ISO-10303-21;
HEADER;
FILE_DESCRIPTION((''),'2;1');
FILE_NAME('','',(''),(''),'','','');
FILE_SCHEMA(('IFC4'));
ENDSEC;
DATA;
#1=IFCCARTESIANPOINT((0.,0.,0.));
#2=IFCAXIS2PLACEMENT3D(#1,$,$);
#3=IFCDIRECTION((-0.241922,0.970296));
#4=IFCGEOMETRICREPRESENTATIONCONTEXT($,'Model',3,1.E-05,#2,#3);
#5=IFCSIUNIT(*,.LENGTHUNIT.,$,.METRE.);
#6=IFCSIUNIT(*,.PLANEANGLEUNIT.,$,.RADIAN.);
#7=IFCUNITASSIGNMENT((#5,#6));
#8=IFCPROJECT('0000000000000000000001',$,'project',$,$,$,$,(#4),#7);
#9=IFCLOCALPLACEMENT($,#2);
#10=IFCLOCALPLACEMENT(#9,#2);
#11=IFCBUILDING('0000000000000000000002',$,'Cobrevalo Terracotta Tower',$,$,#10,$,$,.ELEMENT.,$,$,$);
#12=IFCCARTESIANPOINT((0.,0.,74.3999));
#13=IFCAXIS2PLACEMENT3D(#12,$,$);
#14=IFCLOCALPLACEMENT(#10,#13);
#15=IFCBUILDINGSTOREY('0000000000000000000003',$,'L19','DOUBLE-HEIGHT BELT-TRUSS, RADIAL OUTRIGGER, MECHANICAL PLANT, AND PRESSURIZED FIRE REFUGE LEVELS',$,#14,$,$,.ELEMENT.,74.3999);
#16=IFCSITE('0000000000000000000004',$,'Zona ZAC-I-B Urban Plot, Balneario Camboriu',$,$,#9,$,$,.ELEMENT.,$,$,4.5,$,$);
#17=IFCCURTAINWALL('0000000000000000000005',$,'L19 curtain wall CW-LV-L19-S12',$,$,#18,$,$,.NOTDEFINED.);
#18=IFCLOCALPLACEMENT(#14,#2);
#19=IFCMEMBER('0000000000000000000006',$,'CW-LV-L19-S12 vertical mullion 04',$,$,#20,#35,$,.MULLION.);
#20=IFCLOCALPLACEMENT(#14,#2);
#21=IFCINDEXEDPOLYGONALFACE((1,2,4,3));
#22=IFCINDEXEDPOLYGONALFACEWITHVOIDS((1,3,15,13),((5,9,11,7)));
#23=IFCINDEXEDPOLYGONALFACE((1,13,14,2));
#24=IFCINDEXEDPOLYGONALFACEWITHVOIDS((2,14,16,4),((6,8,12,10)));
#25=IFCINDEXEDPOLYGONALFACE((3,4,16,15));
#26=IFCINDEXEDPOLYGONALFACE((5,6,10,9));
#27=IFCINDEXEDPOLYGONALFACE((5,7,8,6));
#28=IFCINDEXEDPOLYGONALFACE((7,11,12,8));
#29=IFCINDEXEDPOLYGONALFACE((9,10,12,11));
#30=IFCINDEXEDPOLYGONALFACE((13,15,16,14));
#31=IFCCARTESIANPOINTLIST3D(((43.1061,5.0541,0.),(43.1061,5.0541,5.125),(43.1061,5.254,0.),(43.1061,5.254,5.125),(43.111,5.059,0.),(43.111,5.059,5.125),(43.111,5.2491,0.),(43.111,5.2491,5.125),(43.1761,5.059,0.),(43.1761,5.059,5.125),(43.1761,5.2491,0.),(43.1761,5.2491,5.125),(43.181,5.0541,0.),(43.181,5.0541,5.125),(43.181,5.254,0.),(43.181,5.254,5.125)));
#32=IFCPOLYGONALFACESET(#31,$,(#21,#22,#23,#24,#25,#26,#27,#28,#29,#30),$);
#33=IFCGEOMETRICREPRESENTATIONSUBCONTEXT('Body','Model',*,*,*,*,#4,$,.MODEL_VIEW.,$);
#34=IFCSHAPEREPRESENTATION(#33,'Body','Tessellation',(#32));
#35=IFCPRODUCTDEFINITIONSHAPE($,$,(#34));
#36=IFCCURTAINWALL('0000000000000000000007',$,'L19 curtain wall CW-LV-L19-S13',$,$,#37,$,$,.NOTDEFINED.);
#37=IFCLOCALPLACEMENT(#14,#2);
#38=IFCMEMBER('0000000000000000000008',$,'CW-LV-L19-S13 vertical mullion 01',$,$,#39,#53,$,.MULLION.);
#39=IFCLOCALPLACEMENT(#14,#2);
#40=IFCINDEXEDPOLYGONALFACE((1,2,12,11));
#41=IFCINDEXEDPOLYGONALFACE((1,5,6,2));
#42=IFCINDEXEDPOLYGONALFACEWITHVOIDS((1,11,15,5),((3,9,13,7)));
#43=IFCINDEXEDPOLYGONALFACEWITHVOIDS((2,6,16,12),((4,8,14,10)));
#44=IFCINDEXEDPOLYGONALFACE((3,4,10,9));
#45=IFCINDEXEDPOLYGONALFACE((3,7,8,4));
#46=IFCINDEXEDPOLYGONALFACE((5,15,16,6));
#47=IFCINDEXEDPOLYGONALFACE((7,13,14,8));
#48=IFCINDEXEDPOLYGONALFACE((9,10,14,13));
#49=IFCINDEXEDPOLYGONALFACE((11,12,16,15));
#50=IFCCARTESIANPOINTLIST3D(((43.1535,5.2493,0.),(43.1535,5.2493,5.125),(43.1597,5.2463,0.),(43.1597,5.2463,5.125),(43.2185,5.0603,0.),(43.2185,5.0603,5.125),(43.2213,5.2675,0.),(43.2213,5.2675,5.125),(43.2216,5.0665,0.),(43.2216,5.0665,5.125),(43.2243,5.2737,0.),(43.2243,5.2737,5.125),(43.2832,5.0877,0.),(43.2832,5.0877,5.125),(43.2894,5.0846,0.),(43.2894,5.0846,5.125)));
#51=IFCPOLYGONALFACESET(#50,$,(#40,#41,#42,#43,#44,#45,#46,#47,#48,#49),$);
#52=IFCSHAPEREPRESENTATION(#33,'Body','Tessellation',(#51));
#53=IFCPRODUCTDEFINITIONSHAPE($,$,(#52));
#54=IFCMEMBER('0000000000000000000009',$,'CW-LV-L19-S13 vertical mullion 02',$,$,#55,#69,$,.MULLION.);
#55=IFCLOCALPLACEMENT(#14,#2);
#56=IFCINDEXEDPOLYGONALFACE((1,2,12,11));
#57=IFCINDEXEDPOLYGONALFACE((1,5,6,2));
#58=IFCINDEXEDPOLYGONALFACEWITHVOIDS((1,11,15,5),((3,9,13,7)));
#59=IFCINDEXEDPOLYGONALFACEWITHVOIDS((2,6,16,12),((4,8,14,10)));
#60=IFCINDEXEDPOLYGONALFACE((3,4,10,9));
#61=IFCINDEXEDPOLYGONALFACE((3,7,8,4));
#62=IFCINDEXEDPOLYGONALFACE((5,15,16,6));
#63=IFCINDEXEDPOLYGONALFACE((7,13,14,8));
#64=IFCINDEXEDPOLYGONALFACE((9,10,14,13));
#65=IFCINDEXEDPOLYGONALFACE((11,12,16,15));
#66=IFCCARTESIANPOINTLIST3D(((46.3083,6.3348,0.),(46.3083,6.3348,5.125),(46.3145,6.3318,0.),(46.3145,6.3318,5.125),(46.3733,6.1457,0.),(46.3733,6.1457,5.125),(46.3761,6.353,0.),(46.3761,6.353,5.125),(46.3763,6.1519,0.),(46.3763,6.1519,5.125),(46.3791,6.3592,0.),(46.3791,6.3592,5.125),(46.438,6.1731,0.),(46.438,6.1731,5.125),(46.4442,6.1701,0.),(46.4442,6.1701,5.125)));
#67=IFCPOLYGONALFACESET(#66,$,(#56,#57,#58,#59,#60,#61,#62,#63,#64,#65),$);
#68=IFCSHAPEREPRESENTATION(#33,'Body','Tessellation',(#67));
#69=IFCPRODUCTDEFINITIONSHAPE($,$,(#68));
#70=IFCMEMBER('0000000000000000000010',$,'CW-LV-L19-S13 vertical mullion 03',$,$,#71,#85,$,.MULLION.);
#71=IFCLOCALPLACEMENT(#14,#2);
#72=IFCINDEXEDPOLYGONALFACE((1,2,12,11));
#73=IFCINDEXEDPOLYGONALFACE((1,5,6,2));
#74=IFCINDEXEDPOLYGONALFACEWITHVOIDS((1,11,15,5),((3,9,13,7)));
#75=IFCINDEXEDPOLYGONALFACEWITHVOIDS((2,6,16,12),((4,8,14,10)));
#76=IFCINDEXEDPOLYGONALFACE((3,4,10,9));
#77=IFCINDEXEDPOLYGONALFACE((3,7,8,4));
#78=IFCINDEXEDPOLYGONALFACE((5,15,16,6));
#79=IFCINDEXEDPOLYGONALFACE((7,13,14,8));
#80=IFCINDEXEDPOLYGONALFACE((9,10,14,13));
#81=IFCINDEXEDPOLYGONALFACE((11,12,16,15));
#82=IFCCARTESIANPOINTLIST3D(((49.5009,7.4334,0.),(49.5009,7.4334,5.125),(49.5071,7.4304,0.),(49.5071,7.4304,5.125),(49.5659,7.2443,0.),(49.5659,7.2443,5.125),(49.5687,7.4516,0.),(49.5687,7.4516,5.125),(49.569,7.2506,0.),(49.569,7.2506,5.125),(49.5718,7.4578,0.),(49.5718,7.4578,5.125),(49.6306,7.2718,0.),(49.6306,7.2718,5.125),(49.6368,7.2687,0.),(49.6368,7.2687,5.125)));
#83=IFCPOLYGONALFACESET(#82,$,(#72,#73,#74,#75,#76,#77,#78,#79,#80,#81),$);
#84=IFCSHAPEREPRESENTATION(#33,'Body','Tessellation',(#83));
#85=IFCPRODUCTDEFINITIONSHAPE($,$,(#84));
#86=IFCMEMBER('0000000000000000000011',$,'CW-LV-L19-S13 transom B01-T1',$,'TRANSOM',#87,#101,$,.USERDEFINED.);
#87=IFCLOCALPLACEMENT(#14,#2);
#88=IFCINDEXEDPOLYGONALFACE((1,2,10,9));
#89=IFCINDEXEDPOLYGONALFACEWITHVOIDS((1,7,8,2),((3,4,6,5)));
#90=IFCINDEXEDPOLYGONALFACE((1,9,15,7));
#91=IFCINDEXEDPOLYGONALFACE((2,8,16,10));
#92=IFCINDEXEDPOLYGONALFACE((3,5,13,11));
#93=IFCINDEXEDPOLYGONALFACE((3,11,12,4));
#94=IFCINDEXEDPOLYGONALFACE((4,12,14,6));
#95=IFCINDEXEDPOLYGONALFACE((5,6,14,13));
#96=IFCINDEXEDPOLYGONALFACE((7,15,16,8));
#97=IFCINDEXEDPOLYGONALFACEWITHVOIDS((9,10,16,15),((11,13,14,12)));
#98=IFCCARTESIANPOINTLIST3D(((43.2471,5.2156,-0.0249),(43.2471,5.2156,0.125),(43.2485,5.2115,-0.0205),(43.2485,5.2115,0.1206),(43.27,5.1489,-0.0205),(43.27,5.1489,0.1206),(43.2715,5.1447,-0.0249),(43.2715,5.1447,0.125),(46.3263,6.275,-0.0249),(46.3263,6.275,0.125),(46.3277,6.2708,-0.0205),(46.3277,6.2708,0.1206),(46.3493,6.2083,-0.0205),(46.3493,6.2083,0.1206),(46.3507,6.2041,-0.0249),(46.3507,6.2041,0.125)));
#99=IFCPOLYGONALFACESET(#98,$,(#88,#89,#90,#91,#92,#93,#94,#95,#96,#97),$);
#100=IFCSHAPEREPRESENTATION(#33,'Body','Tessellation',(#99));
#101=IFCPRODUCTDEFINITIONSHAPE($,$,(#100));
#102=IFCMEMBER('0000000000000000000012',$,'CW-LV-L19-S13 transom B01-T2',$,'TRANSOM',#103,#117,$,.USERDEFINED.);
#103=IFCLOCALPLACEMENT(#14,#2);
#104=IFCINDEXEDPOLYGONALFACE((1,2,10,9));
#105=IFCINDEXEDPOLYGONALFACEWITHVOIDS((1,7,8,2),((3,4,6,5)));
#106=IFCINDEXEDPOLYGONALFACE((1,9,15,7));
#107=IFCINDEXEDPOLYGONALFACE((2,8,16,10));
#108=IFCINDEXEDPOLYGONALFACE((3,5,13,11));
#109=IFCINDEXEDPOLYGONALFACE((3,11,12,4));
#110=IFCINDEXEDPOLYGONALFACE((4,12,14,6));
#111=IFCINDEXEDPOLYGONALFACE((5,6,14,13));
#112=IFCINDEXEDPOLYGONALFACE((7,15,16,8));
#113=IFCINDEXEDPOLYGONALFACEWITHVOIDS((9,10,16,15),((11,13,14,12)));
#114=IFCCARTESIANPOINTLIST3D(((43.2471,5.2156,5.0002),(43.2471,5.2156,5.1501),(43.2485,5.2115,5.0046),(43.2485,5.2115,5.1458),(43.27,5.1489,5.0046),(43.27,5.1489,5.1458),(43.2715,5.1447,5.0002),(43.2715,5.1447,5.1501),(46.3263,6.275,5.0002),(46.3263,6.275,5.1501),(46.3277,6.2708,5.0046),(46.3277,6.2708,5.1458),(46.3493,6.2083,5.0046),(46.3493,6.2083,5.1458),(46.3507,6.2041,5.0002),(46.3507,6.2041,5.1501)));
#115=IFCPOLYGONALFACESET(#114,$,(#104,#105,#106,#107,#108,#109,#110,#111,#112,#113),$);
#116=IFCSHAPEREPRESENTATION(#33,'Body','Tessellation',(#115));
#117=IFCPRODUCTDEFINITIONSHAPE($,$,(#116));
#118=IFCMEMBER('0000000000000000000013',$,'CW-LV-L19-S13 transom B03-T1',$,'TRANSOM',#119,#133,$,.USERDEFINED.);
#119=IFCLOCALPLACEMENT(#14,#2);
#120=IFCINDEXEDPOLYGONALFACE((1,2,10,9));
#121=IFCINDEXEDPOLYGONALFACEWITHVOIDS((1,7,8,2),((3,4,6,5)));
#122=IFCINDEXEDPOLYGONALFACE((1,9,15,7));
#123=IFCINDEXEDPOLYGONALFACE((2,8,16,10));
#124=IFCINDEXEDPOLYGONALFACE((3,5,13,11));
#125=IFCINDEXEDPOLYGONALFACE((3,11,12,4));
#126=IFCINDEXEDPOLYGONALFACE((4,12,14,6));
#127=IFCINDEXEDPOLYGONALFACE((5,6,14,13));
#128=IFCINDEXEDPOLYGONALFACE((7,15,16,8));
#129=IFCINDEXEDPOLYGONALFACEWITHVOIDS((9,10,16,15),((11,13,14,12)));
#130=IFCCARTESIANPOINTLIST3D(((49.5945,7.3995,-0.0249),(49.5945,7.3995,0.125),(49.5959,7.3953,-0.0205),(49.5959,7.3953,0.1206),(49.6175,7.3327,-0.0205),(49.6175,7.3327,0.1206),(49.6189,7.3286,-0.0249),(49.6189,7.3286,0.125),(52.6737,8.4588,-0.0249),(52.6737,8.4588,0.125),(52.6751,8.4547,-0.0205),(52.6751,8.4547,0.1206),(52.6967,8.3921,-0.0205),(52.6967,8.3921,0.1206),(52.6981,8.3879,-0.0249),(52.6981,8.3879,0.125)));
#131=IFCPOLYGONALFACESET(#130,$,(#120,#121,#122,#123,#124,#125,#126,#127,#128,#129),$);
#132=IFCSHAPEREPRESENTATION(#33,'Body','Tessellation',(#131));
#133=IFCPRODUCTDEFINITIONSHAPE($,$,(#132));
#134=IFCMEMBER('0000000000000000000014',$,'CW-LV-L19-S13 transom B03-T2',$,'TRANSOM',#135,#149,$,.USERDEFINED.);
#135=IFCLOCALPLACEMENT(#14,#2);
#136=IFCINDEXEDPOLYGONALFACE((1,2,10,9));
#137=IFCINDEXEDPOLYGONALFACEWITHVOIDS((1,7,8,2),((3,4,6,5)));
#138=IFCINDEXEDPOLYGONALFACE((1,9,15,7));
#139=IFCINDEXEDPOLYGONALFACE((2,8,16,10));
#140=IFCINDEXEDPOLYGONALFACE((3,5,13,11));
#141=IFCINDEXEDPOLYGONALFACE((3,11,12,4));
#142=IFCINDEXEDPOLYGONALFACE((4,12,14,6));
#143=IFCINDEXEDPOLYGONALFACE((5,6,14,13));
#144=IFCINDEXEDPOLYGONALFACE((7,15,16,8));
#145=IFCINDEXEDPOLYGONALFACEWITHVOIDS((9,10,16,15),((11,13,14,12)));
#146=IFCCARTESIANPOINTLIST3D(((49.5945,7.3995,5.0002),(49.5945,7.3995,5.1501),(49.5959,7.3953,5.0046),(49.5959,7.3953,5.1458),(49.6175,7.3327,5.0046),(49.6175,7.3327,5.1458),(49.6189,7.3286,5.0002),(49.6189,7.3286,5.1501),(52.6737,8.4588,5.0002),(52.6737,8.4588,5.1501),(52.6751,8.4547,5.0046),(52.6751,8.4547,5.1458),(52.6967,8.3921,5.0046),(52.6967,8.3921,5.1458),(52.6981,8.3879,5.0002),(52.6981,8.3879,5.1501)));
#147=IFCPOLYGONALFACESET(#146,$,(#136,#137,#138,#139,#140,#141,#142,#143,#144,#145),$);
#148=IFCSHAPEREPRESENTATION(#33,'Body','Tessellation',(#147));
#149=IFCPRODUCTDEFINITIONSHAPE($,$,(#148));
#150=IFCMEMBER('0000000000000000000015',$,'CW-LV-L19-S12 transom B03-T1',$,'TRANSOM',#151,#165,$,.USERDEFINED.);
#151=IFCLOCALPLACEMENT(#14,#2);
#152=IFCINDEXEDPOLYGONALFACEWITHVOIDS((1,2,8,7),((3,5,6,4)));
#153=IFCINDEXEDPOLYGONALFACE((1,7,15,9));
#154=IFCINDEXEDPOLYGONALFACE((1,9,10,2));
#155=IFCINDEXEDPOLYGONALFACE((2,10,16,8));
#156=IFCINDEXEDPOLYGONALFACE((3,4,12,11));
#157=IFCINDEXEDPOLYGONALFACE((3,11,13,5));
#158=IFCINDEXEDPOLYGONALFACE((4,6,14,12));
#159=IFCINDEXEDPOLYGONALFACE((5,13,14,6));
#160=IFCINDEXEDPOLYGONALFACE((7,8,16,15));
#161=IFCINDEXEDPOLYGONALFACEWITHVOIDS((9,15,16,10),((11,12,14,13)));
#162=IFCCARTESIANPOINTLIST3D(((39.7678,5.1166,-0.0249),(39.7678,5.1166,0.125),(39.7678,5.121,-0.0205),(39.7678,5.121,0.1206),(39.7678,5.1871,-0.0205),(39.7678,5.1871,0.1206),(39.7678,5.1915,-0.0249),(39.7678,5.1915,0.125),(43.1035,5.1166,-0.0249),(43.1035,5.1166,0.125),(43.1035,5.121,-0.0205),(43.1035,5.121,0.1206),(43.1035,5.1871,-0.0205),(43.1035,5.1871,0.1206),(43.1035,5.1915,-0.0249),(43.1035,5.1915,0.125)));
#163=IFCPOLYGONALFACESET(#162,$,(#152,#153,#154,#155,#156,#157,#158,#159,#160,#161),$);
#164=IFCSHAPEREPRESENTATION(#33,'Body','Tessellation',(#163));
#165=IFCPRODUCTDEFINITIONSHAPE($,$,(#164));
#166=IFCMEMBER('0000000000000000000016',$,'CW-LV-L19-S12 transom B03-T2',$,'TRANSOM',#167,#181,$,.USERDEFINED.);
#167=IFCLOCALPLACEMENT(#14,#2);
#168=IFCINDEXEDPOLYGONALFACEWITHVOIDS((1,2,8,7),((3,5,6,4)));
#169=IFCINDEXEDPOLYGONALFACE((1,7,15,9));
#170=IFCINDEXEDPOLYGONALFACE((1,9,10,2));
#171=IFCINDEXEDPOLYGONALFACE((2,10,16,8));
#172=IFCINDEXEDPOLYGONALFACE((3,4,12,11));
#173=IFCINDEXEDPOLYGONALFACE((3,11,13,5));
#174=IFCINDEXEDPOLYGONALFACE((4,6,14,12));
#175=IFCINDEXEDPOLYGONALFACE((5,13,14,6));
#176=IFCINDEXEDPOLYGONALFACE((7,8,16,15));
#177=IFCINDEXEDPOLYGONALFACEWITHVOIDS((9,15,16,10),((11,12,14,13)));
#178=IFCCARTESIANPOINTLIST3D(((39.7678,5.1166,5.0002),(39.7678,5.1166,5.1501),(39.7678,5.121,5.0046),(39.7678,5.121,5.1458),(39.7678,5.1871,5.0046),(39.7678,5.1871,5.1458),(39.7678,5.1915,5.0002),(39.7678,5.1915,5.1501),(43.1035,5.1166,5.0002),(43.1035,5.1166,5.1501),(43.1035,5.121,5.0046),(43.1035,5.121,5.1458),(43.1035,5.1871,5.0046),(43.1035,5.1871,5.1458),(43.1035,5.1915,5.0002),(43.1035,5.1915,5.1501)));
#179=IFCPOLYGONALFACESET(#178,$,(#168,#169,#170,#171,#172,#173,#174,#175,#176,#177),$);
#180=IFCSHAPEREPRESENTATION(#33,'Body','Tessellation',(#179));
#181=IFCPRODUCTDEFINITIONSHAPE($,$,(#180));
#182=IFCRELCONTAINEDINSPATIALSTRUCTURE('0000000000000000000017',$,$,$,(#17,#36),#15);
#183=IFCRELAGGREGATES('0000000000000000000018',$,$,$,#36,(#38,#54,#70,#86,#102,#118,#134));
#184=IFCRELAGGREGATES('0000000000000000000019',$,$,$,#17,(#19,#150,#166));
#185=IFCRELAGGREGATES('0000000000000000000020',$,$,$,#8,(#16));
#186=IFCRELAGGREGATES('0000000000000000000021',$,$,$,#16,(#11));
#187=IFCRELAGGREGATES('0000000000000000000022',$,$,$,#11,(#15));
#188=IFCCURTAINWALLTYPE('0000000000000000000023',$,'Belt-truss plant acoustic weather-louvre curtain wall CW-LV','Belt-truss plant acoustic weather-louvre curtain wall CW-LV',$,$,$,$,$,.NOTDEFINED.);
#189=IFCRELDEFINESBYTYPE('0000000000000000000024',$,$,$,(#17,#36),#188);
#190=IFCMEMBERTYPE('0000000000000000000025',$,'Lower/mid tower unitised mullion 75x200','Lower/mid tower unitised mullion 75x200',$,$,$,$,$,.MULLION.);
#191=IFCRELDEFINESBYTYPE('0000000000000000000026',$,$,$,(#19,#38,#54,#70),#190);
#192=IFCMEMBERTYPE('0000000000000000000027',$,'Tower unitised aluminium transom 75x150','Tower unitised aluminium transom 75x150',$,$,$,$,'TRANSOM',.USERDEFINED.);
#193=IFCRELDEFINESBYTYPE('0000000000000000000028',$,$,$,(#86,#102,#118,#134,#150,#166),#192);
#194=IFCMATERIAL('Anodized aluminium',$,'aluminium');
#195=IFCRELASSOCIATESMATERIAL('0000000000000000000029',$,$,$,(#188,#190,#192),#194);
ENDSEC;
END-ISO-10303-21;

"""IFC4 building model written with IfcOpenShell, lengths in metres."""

from ifc_helpers import new_model, si_unit, direction, frame, origin, origin_2d, place, context, subcontext, project, spatial, hollow_rectangle, extrude, source, transform, mapped, material, material_profile, profile_set, type_object, element, aggregate, save


model = new_model("IFC4")

# Units and contexts
model_context = context("Model", 3, precision=1e-05, world=origin(), true_north=direction((-0.241922, 0.970296)))
body_context = subcontext(model_context, "Body", "Model", "MODEL_VIEW")
ifc_project = project(units=[si_unit("LENGTHUNIT", "METRE"), si_unit("PLANEANGLEUNIT", "RADIAN")], contexts=[model_context])

# Site, building, storey
site_placement = place(None, origin())
site = spatial("IfcSite", under=ifc_project, at=site_placement, Name="Zona ZAC-I-B Urban Plot, Balneario Camboriu", CompositionType="ELEMENT", RefElevation=4.5)
building_placement = place(site_placement, origin())
building = spatial("IfcBuilding", under=site, at=building_placement, Name="Cobrevalo Terracotta Tower", CompositionType="ELEMENT")
storey_placement = place(building_placement, frame((0.0, 0.0, 74.3999)))
storey = spatial("IfcBuildingStorey", under=building, at=storey_placement, Name="L19", Description="DOUBLE-HEIGHT BELT-TRUSS, RADIAL OUTRIGGER, MECHANICAL PLANT, AND PRESSURIZED FIRE REFUGE LEVELS", CompositionType="ELEMENT", Elevation=74.3999)

# Curtain walls, members
ifc_material_1 = material(Name="Anodized aluminium", Category="aluminium")
curtain_wall_type = type_object("IfcCurtainWallType", Name="Belt-truss plant acoustic weather-louvre curtain wall CW-LV", Description="Belt-truss plant acoustic weather-louvre curtain wall CW-LV", PredefinedType="NOTDEFINED", material=ifc_material_1)
curtain_wall_1_placement = place(storey_placement, origin())
curtain_wall_1 = element("IfcCurtainWall", 1, at=curtain_wall_1_placement, inside=storey, type_object=curtain_wall_type, Name="L19 curtain wall CW-LV-L19-S12", PredefinedType="NOTDEFINED")
ifc_material_profile_1 = material_profile(ifc_material_1, hollow_rectangle(XDim=0.075, YDim=0.2, WallThickness=0.0049, at=origin_2d()), Name="CWM 75x200")
ifc_profile_set_1 = profile_set([ifc_material_profile_1], Name="Anodized aluminium")
member_type_1 = type_object("IfcMemberType", Name="Lower/mid tower unitised mullion 75x200", Description="Lower/mid tower unitised mullion 75x200", PredefinedType="MULLION", material=ifc_profile_set_1)
shared_shape_1 = source(origin(), body_context, "Body", "SweptSolid", [
    extrude(hollow_rectangle(XDim=0.075, YDim=0.2, WallThickness=0.0049, at=origin_2d()), origin(), (0.0, 0.0, 1.0), 5.125),
])
member_1_placement = place(storey_placement, frame((43.1436, 5.1541, 0.0), z_axis=(0.0, 0.0, 1.0), x_axis=(1.0, 0.0, 0.0)))
member_1 = element("IfcMember", 2, at=member_1_placement, type_object=member_type_1, Name="CW-LV-L19-S12 vertical mullion 04", PredefinedType="MULLION", context=body_context, shape_type="MappedRepresentation", body=[
    mapped(shared_shape_1, transform((0.0, 0.0, 0.0), scale=1.0)),
])
curtain_wall_2_placement = place(storey_placement, origin())
curtain_wall_2 = element("IfcCurtainWall", 3, at=curtain_wall_2_placement, inside=storey, type_object=curtain_wall_type, Name="L19 curtain wall CW-LV-L19-S13", PredefinedType="NOTDEFINED")
member_2_placement = place(storey_placement, frame((43.2214, 5.167, 0.0), z_axis=(0.0, 0.0, 1.0), x_axis=(0.945598, 0.325337, 0.0)))
member_2 = element("IfcMember", 4, at=member_2_placement, type_object=member_type_1, Name="CW-LV-L19-S13 vertical mullion 01", PredefinedType="MULLION", context=body_context, shape_type="MappedRepresentation", body=[
    mapped(shared_shape_1, transform((0.0, 0.0, 0.0), scale=1.0)),
])
member_3_placement = place(storey_placement, frame((46.3762, 6.2524, 0.0), z_axis=(0.0, 0.0, 1.0), x_axis=(0.945598, 0.325337, 0.0)))
member_3 = element("IfcMember", 5, at=member_3_placement, type_object=member_type_1, Name="CW-LV-L19-S13 vertical mullion 02", PredefinedType="MULLION", context=body_context, shape_type="MappedRepresentation", body=[
    mapped(shared_shape_1, transform((0.0, 0.0, 0.0), scale=1.0)),
])
member_4_placement = place(storey_placement, frame((49.5688, 7.3511, 0.0), z_axis=(0.0, 0.0, 1.0), x_axis=(0.945598, 0.325337, 0.0)))
member_4 = element("IfcMember", 6, at=member_4_placement, type_object=member_type_1, Name="CW-LV-L19-S13 vertical mullion 03", PredefinedType="MULLION", context=body_context, shape_type="MappedRepresentation", body=[
    mapped(shared_shape_1, transform((0.0, 0.0, 0.0), scale=1.0)),
])
ifc_material_profile_2 = material_profile(ifc_material_1, hollow_rectangle(XDim=0.075, YDim=0.1499, WallThickness=0.0044, at=origin_2d()), Name="CWT 75x150")
ifc_profile_set_2 = profile_set([ifc_material_profile_2], Name="Anodized aluminium")
member_type_2 = type_object("IfcMemberType", Name="Tower unitised aluminium transom 75x150", Description="Tower unitised aluminium transom 75x150", ElementType="TRANSOM", PredefinedType="USERDEFINED", material=ifc_profile_set_2)
shared_shape_2 = source(origin(), body_context, "Body", "SweptSolid", [
    extrude(hollow_rectangle(XDim=0.075, YDim=0.1499, WallThickness=0.0044, at=origin_2d()), origin(), (0.0, 0.0, 1.0), 3.2563),
])
member_5_placement = place(storey_placement, frame((43.2593, 5.1802, 0.05), z_axis=(0.945603, 0.325323, 0.0), x_axis=(-0.325323, 0.945603, 0.0)))
member_5 = element("IfcMember", 7, at=member_5_placement, type_object=member_type_2, Name="CW-LV-L19-S13 transom B01-T1", ObjectType="TRANSOM", PredefinedType="USERDEFINED", context=body_context, shape_type="MappedRepresentation", body=[
    mapped(shared_shape_2, transform((0.0, 0.0, 0.0), scale=1.0)),
])
member_6_placement = place(storey_placement, frame((43.2593, 5.1802, 5.0752), z_axis=(0.945603, 0.325323, 0.0), x_axis=(-0.325323, 0.945603, 0.0)))
member_6 = element("IfcMember", 8, at=member_6_placement, type_object=member_type_2, Name="CW-LV-L19-S13 transom B01-T2", ObjectType="TRANSOM", PredefinedType="USERDEFINED", context=body_context, shape_type="MappedRepresentation", body=[
    mapped(shared_shape_2, transform((0.0, 0.0, 0.0), scale=1.0)),
])
member_7_placement = place(storey_placement, frame((49.6067, 7.364, 0.05), z_axis=(0.945603, 0.325323, 0.0), x_axis=(-0.325323, 0.945603, 0.0)))
member_7 = element("IfcMember", 9, at=member_7_placement, type_object=member_type_2, Name="CW-LV-L19-S13 transom B03-T1", ObjectType="TRANSOM", PredefinedType="USERDEFINED", context=body_context, shape_type="MappedRepresentation", body=[
    mapped(shared_shape_2, transform((0.0, 0.0, 0.0), scale=1.0)),
])
member_8_placement = place(storey_placement, frame((49.6067, 7.364, 5.0752), z_axis=(0.945603, 0.325323, 0.0), x_axis=(-0.325323, 0.945603, 0.0)))
member_8 = element("IfcMember", 10, at=member_8_placement, type_object=member_type_2, Name="CW-LV-L19-S13 transom B03-T2", ObjectType="TRANSOM", PredefinedType="USERDEFINED", context=body_context, shape_type="MappedRepresentation", body=[
    mapped(shared_shape_2, transform((0.0, 0.0, 0.0), scale=1.0)),
])

# Members
shared_shape_3 = source(origin(), body_context, "Body", "SweptSolid", [
    extrude(hollow_rectangle(XDim=0.075, YDim=0.1499, WallThickness=0.0044, at=origin_2d()), origin(), (0.0, 0.0, 1.0), 3.3357),
])
member_9_placement = place(storey_placement, frame((39.7678, 5.1541, 0.05), z_axis=(1.0, 0.0, 0.0), x_axis=(0.0, 1.0, 0.0)))
member_9 = element("IfcMember", 11, at=member_9_placement, type_object=member_type_2, Name="CW-LV-L19-S12 transom B03-T1", ObjectType="TRANSOM", PredefinedType="USERDEFINED", context=body_context, shape_type="MappedRepresentation", body=[
    mapped(shared_shape_3, transform((0.0, 0.0, 0.0), scale=1.0)),
])
member_10_placement = place(storey_placement, frame((39.7678, 5.1541, 5.0752), z_axis=(1.0, 0.0, 0.0), x_axis=(0.0, 1.0, 0.0)))
member_10 = element("IfcMember", 12, at=member_10_placement, type_object=member_type_2, Name="CW-LV-L19-S12 transom B03-T2", ObjectType="TRANSOM", PredefinedType="USERDEFINED", context=body_context, shape_type="MappedRepresentation", body=[
    mapped(shared_shape_3, transform((0.0, 0.0, 0.0), scale=1.0)),
])

aggregate(curtain_wall_2, [member_2, member_3, member_4, member_5, member_6, member_7, member_8])
aggregate(curtain_wall_1, [member_1, member_9, member_10])

save(model, "model.ifc")
